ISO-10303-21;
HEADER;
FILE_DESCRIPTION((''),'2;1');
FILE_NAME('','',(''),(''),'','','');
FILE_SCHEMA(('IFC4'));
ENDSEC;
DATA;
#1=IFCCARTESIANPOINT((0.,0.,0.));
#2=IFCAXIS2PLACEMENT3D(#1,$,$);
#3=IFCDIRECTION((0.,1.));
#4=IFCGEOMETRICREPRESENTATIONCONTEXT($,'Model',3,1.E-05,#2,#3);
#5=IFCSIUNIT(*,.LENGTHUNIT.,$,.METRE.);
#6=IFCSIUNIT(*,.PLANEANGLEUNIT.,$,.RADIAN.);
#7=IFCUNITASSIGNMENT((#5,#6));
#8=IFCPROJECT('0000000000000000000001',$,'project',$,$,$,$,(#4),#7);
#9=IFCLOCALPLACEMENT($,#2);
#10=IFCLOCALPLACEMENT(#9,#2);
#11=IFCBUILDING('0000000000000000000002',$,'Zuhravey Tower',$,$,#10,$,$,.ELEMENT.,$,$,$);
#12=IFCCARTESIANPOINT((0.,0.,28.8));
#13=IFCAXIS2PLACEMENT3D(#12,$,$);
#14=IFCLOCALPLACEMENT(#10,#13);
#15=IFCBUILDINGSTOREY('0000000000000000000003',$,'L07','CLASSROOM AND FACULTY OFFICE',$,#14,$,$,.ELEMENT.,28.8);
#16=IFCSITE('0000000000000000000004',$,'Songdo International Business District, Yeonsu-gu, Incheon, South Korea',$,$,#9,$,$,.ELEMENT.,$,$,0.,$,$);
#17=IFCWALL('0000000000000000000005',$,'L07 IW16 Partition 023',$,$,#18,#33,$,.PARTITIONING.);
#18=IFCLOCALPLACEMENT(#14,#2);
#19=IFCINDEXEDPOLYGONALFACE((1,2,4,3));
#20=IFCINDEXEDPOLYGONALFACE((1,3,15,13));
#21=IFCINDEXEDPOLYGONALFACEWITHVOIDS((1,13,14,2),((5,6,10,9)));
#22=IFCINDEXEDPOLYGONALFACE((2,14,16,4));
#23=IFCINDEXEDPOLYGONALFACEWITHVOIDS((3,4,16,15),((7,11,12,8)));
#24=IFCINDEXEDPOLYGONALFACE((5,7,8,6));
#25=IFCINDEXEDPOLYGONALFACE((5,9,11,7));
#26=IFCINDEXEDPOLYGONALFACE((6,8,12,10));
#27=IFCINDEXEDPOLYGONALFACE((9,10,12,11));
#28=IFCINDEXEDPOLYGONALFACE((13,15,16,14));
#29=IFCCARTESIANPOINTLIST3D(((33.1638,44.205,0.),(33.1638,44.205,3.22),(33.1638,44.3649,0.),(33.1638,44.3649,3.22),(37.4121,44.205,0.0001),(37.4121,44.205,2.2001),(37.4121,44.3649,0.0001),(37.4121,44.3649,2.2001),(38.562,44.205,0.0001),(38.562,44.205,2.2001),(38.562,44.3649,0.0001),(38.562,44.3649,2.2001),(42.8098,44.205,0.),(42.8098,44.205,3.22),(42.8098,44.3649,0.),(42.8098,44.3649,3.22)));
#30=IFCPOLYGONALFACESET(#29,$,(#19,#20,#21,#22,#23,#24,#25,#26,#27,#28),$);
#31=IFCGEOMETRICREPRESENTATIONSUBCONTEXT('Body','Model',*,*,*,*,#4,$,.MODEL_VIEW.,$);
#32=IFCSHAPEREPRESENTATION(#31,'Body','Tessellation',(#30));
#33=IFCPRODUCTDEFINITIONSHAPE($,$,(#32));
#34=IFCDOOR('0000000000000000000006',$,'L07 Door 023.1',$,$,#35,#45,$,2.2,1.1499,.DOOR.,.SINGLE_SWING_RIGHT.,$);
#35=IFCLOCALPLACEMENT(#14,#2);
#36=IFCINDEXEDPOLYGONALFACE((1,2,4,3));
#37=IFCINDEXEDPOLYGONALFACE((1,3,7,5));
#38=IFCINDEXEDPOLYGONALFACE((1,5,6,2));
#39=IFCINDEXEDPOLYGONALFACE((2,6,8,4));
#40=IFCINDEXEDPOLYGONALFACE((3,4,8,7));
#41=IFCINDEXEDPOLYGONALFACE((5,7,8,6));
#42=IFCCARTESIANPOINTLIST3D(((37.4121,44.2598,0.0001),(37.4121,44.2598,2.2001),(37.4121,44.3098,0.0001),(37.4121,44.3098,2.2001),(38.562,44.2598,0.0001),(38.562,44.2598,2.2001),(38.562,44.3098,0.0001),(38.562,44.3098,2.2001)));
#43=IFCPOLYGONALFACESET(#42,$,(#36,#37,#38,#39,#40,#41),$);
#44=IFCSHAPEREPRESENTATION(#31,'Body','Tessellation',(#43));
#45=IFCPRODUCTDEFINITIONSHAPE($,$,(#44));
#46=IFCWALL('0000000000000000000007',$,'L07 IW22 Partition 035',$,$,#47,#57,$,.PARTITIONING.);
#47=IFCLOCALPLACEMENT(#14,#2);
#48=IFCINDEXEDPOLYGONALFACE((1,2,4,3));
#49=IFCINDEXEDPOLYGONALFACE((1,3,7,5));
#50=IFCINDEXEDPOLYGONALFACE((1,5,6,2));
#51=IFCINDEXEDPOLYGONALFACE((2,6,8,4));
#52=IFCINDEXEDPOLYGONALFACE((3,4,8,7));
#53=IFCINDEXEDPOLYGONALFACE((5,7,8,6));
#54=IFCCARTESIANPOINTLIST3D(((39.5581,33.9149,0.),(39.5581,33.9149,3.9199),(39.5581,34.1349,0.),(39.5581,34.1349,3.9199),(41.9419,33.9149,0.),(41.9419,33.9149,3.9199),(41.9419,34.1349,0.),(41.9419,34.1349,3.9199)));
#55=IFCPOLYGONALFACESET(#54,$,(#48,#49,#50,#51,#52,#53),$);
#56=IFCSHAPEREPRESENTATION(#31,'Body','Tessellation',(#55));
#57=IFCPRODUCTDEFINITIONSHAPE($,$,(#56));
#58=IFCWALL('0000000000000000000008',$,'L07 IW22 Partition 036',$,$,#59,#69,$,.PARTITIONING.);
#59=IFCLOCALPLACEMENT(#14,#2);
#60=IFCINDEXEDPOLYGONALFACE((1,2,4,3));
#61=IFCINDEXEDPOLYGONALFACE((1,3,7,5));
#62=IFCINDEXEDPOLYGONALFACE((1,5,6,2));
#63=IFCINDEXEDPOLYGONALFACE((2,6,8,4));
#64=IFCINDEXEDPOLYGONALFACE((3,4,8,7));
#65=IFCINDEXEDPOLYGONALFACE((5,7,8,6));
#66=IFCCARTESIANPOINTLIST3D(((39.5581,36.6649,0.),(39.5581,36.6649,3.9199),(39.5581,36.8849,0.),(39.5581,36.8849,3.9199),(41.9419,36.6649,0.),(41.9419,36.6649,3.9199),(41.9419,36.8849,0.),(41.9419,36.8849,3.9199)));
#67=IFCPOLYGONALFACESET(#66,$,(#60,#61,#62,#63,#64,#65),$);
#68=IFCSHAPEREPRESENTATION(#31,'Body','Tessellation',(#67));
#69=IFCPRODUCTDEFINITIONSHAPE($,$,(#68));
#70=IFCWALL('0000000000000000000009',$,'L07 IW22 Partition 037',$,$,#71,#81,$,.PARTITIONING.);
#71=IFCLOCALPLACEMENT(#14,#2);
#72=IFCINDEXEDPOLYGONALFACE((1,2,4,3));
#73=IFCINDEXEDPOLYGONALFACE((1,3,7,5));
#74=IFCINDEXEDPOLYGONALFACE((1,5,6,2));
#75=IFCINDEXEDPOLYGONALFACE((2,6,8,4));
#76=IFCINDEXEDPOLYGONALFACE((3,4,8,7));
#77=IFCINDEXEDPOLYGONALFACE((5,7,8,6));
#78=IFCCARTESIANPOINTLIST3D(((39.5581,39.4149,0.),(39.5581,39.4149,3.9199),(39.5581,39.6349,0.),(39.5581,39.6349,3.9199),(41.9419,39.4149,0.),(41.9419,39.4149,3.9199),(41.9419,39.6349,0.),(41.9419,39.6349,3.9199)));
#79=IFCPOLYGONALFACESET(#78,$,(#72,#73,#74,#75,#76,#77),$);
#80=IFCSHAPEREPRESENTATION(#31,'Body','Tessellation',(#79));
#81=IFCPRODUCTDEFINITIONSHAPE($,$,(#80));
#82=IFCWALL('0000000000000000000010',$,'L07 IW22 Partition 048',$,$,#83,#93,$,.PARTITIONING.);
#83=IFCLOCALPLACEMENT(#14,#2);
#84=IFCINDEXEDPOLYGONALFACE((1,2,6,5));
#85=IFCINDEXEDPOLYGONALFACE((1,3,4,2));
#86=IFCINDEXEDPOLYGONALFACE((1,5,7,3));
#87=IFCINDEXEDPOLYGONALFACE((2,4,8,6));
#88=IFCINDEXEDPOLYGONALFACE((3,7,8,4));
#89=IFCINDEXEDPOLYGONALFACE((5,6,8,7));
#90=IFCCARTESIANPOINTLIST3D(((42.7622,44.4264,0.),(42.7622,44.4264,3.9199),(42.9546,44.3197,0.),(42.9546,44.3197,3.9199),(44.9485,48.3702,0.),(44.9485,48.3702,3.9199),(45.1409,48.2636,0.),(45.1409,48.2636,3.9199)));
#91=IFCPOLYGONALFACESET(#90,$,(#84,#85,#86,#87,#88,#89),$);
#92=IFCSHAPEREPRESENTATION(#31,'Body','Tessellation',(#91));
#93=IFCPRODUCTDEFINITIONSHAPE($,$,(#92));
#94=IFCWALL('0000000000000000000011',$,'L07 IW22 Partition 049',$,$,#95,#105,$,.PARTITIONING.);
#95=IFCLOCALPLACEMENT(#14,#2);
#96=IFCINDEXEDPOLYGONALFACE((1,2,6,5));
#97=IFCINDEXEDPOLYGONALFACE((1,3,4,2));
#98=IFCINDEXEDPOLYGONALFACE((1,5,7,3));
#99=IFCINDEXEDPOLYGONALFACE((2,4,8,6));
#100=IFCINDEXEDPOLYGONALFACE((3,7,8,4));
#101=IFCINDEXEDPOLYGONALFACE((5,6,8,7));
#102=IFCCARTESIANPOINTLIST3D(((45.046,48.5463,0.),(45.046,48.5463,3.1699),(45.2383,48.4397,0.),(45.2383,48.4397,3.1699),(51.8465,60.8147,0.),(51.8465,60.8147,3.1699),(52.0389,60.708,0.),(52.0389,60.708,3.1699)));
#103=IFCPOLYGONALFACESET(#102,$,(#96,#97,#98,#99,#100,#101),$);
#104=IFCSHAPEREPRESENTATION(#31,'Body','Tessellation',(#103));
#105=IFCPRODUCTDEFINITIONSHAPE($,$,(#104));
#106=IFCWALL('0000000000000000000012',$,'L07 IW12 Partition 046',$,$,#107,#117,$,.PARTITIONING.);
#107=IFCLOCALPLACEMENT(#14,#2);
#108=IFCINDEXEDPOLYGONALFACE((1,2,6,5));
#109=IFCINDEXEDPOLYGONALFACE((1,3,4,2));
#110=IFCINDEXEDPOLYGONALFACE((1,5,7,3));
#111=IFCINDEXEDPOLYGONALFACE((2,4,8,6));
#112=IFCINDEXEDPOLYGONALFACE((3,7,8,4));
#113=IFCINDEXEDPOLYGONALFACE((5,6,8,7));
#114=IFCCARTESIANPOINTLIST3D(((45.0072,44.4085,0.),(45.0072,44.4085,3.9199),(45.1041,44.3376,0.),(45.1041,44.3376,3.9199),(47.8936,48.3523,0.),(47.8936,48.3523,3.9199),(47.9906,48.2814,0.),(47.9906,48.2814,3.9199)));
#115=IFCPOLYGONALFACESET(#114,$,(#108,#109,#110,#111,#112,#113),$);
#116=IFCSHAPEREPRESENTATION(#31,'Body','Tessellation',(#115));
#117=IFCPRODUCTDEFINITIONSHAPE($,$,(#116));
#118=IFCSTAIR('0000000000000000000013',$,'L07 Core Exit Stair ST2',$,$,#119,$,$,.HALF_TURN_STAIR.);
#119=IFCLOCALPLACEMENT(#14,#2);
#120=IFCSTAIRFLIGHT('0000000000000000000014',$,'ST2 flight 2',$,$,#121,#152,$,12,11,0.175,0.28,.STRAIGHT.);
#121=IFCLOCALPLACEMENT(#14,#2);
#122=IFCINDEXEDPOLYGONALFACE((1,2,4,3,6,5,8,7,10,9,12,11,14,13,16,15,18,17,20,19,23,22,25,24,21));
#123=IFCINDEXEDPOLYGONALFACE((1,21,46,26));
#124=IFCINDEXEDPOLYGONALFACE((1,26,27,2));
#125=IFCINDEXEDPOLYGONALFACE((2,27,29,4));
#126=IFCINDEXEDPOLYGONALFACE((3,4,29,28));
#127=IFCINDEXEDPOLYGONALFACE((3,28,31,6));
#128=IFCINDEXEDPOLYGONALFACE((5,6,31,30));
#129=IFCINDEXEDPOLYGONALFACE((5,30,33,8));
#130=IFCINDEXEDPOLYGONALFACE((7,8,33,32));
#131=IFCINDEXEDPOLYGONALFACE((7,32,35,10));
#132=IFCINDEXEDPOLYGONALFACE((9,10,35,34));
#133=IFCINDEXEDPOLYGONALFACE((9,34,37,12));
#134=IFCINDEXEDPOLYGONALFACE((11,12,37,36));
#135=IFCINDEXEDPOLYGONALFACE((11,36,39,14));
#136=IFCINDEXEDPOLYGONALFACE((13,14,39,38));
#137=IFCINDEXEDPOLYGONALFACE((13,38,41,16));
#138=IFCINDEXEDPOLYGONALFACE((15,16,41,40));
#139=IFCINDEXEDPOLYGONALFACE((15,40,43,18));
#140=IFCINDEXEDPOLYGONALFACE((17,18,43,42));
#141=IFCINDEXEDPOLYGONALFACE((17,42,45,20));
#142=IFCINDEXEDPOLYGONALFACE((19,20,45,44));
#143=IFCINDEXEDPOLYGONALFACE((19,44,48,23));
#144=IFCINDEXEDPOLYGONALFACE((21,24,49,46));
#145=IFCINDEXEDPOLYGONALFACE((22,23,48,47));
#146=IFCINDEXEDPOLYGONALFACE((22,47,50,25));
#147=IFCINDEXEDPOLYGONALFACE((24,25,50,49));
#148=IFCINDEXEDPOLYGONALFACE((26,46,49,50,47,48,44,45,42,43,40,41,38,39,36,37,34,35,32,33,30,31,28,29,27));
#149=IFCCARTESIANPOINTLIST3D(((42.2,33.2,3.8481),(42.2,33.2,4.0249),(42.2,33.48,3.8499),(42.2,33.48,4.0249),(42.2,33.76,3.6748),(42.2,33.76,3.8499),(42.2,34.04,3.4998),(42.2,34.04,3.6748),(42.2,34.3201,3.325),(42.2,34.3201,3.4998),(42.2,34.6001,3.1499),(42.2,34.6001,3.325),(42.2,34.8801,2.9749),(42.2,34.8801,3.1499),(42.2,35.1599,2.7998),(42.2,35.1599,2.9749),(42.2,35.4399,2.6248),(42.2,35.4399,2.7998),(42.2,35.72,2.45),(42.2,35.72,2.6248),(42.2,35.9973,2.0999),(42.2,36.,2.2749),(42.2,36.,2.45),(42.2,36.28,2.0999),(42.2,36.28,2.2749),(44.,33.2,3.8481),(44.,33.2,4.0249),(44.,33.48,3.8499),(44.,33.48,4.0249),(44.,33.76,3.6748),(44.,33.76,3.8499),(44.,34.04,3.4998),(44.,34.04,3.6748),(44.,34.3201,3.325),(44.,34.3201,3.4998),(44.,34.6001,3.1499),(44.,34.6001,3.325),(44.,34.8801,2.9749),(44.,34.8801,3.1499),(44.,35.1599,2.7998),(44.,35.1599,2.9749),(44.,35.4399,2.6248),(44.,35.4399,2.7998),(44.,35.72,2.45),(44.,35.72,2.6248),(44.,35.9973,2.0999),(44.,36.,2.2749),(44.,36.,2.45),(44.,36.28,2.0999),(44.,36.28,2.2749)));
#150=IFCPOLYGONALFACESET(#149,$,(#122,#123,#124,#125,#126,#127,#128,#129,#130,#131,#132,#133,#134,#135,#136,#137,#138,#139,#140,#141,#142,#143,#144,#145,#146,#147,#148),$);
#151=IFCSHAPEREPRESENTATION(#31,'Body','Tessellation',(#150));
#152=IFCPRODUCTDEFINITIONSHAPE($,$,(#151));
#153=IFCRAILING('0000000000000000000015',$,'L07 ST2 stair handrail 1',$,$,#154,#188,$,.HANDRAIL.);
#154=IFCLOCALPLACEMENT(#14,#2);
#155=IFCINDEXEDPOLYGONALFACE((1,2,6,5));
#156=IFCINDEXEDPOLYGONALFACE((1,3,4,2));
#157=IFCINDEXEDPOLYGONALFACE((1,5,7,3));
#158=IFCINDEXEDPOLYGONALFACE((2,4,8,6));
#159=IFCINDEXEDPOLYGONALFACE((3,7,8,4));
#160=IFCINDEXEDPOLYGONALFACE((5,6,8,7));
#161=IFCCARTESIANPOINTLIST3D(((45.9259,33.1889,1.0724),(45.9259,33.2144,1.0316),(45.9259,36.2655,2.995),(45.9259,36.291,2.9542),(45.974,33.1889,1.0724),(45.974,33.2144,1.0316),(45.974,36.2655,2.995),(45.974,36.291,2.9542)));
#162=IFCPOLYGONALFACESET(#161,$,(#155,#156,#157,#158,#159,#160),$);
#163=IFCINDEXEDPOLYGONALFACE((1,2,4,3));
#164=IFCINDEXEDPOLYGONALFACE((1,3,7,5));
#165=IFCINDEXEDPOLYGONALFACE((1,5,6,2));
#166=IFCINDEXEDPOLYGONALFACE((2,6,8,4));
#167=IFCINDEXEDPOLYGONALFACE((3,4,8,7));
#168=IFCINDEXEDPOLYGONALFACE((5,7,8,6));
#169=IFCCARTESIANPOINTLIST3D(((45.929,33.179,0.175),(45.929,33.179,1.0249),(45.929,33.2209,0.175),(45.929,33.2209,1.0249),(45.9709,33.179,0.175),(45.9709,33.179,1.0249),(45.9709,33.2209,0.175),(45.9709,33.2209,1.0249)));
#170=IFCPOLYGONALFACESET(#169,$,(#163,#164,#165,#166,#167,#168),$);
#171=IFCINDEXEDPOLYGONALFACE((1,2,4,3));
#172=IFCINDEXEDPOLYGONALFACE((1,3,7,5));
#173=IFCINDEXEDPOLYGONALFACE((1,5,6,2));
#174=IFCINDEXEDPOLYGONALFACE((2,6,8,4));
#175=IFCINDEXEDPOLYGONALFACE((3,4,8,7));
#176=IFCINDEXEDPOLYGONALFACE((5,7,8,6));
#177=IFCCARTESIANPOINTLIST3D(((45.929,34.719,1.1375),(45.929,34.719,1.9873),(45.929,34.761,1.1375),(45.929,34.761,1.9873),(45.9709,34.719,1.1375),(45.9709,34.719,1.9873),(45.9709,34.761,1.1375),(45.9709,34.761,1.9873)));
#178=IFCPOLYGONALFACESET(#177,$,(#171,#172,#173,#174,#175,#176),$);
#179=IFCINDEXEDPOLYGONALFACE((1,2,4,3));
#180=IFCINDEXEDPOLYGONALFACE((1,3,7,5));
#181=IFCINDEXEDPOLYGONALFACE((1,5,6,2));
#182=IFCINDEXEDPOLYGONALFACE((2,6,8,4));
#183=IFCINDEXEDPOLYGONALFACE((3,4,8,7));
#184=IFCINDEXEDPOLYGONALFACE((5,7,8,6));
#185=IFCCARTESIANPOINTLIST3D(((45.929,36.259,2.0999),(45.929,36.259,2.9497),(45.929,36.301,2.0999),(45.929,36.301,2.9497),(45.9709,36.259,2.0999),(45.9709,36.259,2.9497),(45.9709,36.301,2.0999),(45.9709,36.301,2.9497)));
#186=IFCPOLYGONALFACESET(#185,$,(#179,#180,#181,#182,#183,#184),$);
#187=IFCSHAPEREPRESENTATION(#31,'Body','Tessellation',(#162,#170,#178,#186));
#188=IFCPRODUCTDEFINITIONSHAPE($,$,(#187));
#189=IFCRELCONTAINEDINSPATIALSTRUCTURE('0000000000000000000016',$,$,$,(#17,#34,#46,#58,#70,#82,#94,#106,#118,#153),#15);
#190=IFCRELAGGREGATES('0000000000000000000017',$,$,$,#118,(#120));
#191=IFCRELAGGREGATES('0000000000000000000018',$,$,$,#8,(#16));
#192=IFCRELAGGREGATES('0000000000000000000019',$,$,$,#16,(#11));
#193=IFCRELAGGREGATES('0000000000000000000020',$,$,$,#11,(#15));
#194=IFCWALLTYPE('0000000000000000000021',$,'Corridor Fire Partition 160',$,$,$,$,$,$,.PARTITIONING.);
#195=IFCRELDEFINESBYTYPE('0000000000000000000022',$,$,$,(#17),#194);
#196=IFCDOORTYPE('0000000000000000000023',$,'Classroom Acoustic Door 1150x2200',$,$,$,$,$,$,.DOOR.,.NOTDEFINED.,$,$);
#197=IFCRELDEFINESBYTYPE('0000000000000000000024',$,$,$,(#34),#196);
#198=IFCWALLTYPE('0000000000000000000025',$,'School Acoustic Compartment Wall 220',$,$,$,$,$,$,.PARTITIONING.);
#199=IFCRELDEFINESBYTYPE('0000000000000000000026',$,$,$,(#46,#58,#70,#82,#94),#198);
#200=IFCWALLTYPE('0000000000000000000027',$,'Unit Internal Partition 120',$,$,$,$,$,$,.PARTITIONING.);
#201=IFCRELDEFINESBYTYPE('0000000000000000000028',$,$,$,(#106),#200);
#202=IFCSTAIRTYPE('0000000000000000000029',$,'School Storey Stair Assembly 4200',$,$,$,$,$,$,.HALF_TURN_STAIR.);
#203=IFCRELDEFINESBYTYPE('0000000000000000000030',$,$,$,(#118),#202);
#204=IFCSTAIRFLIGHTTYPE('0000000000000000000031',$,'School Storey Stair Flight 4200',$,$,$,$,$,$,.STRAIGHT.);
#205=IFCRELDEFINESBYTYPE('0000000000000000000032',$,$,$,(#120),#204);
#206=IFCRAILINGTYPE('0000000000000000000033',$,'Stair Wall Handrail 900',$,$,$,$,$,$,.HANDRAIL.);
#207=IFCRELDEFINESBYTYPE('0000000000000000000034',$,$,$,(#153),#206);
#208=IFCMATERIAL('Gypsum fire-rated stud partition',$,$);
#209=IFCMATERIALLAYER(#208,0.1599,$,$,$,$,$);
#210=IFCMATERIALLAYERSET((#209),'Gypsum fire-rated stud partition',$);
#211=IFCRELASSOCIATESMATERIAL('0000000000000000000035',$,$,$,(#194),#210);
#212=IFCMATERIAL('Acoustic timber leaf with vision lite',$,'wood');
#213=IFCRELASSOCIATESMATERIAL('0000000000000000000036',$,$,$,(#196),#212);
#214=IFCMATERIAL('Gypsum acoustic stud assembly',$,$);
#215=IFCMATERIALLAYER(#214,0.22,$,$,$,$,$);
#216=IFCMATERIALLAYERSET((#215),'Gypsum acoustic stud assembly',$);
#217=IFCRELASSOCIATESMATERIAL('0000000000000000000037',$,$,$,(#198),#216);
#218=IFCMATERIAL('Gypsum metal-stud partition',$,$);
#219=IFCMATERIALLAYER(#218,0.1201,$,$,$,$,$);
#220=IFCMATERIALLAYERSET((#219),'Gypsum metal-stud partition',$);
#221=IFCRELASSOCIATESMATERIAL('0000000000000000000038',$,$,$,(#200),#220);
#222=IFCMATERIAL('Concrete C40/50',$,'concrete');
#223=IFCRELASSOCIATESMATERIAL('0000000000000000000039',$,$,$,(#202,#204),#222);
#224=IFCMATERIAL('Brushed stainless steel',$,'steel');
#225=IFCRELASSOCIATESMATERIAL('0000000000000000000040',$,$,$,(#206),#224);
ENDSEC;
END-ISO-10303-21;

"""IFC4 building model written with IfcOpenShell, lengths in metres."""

from ifc_helpers import new_model, si_unit, direction, frame, frame_2d, origin, origin_2d, place, context, subcontext, project, spatial, polyline, rectangle, outline, extrude, material, layer, layer_set, type_object, element, fill, aggregate, save


model = new_model("IFC4")

# Units and contexts
model_context = context("Model", 3, precision=1e-05, world=origin(), true_north=direction((0.0, 1.0)))
body_context = subcontext(model_context, "Body", "Model", "MODEL_VIEW")
ifc_project = project(units=[si_unit("LENGTHUNIT", "METRE"), si_unit("PLANEANGLEUNIT", "RADIAN")], contexts=[model_context])

# Site, building, storey
site_placement = place(None, origin())
site = spatial("IfcSite", under=ifc_project, at=site_placement, Name="Songdo International Business District, Yeonsu-gu, Incheon, South Korea", CompositionType="ELEMENT", RefElevation=0.0)
building_placement = place(site_placement, origin())
building = spatial("IfcBuilding", under=site, at=building_placement, Name="Zuhravey Tower", CompositionType="ELEMENT")
storey_placement = place(building_placement, frame((0.0, 0.0, 28.8)))
storey = spatial("IfcBuildingStorey", under=building, at=storey_placement, Name="L07", Description="CLASSROOM AND FACULTY OFFICE", CompositionType="ELEMENT", Elevation=28.8)

# Wall, opening, door
ifc_material_1 = material(Name="Gypsum fire-rated stud partition")
ifc_layer_1 = layer(ifc_material_1, 0.1599)
ifc_layer_set_1 = layer_set([ifc_layer_1], Name="Gypsum fire-rated stud partition")
wall_type_1 = type_object("IfcWallType", Name="Corridor Fire Partition 160", PredefinedType="PARTITIONING", material=ifc_layer_set_1)
wall_1_placement = place(storey_placement, frame((42.8098, 44.2849, 0.0), z_axis=(0.0, 0.0, 1.0), x_axis=(-1.0, 0.0, 0.0)))
wall_1 = element("IfcWall", 1, at=wall_1_placement, inside=storey, type_object=wall_type_1, Name="L07 IW16 Partition 023", PredefinedType="PARTITIONING", context=body_context, shape_type="SweptSolid", body=[
    extrude(rectangle(XDim=9.646, YDim=0.1599, at=frame_2d((4.823, 0.0))), origin(), (0.0, 0.0, 1.0), 3.22),
])
opening_1_placement = place(wall_1_placement, frame((4.2478, 0.0, 0.0)))
opening_1 = element("IfcOpeningElement", 2, at=opening_1_placement, cuts=wall_1, PredefinedType="OPENING", context=body_context, shape_type="SweptSolid", body=[
    extrude(rectangle(XDim=1.1499, YDim=2.2, at=frame_2d((0.575, 1.1001))), frame((0.0, 0.092, 0.0), z_axis=(0.0, -1.0, 0.0), x_axis=(1.0, 0.0, 0.0)), (0.0, 0.0, 1.0), 0.1838),
])
ifc_material_2 = material(Name="Acoustic timber leaf with vision lite", Category="wood")
door_type_1 = type_object("IfcDoorType", Name="Classroom Acoustic Door 1150x2200", OperationType="NOTDEFINED", PredefinedType="DOOR", material=ifc_material_2)
door_1_placement = place(opening_1_placement, frame((1.1499, 0.0, 0.0), z_axis=(0.0, 0.0, 1.0), x_axis=(-1.0, 0.0, 0.0)))
door_1 = element("IfcDoor", 3, at=door_1_placement, inside=storey, type_object=door_type_1, Name="L07 Door 023.1", OperationType="SINGLE_SWING_RIGHT", OverallHeight=2.2, OverallWidth=1.1499, PredefinedType="DOOR", context=body_context, shape_type="SweptSolid", body=[
    extrude(rectangle(XDim=1.1499, YDim=2.2, at=frame_2d((0.575, 1.1001))), frame((0.0, 0.0249, 0.0), z_axis=(0.0, -1.0, 0.0), x_axis=(1.0, 0.0, 0.0)), (0.0, 0.0, 1.0), 0.05),
])
fill(opening_1, door_1)

# Walls
ifc_material_3 = material(Name="Gypsum acoustic stud assembly")
ifc_layer_2 = layer(ifc_material_3, 0.22)
ifc_layer_set_2 = layer_set([ifc_layer_2], Name="Gypsum acoustic stud assembly")
wall_type_2 = type_object("IfcWallType", Name="School Acoustic Compartment Wall 220", PredefinedType="PARTITIONING", material=ifc_layer_set_2)
for number, where, z_axis, x_axis, name in (
    (4, (39.5581, 34.0249, 0.0), (0.0, 0.0, 1.0), (1.0, 0.0, 0.0), "L07 IW22 Partition 035"),
    (5, (39.5581, 36.7749, 0.0), (0.0, 0.0, 1.0), (1.0, 0.0, 0.0), "L07 IW22 Partition 036"),
    (6, (39.5581, 39.5249, 0.0), (0.0, 0.0, 1.0), (1.0, 0.0, 0.0), "L07 IW22 Partition 037"),
):
    element("IfcWall", number, at=place(storey_placement, frame(where, z_axis=z_axis, x_axis=x_axis)), inside=storey, type_object=wall_type_2, Name=name, PredefinedType="PARTITIONING", context=body_context, shape_type="SweptSolid", body=[
        extrude(rectangle(XDim=2.3838, YDim=0.22, at=frame_2d((1.1919, 0.0))), origin(), (0.0, 0.0, 1.0), 3.9199),
    ])
wall_2_placement = place(storey_placement, frame((42.8584, 44.373, 0.0), z_axis=(0.0, 0.0, 1.0), x_axis=(0.484838, 0.874604, 0.0)))
element("IfcWall", 7, at=wall_2_placement, inside=storey, type_object=wall_type_2, Name="L07 IW22 Partition 048", PredefinedType="PARTITIONING", context=body_context, shape_type="SweptSolid", body=[
    extrude(rectangle(XDim=4.5093, YDim=0.22, at=frame_2d((2.2546, 0.0))), origin(), (0.0, 0.0, 1.0), 3.9199),
])
wall_3_placement = place(storey_placement, frame((45.1421, 48.4929, 0.0), z_axis=(0.0, 0.0, 1.0), x_axis=(0.484815, 0.874617, 0.0)))
element("IfcWall", 8, at=wall_3_placement, inside=storey, type_object=wall_type_2, Name="L07 IW22 Partition 049", PredefinedType="PARTITIONING", context=body_context, shape_type="SweptSolid", body=[
    extrude(rectangle(XDim=14.0271, YDim=0.22, at=frame_2d((7.0137, 0.0))), origin(), (0.0, 0.0, 1.0), 3.1699),
])
ifc_material_4 = material(Name="Gypsum metal-stud partition")
ifc_layer_3 = layer(ifc_material_4, 0.1201)
ifc_layer_set_3 = layer_set([ifc_layer_3], Name="Gypsum metal-stud partition")
wall_type_3 = type_object("IfcWallType", Name="Unit Internal Partition 120", PredefinedType="PARTITIONING", material=ifc_layer_set_3)
wall_4_placement = place(storey_placement, frame((45.0557, 44.373, 0.0), z_axis=(0.0, 0.0, 1.0), x_axis=(0.590608, 0.806959, 0.0)))
element("IfcWall", 9, at=wall_4_placement, inside=storey, type_object=wall_type_3, Name="L07 IW12 Partition 046", PredefinedType="PARTITIONING", context=body_context, shape_type="SweptSolid", body=[
    extrude(rectangle(XDim=4.8872, YDim=0.1201, at=frame_2d((2.4436, 0.0))), origin(), (0.0, 0.0, 1.0), 3.9199),
])

# Stair, stair flight
ifc_material_5 = material(Name="Concrete C40/50", Category="concrete")
stair_type = type_object("IfcStairType", Name="School Storey Stair Assembly 4200", PredefinedType="HALF_TURN_STAIR", material=ifc_material_5)
stair_placement = place(storey_placement, origin())
stair = element("IfcStair", 10, at=stair_placement, inside=storey, type_object=stair_type, Name="L07 Core Exit Stair ST2", PredefinedType="HALF_TURN_STAIR")
stair_flight_type = type_object("IfcStairFlightType", Name="School Storey Stair Flight 4200", PredefinedType="STRAIGHT", material=ifc_material_5)
stair_flight_placement = place(storey_placement, frame((43.1001, 36.28, 2.0999), z_axis=(0.0, 0.0, 1.0), x_axis=(0.0, -1.0, 0.0)))
stair_flight = element("IfcStairFlight", 11, at=stair_flight_placement, type_object=stair_flight_type, Name="ST2 flight 2", NumberOfRisers=12, NumberOfTreads=11, PredefinedType="STRAIGHT", RiserHeight=0.175, TreadLength=0.28, context=body_context, shape_type="SweptSolid", body=[
    extrude(outline(polyline([(0.0, 0.0), (0.0, 0.175), (0.28, 0.175), (0.28, 0.3501), (0.5601, 0.3501), (0.5601, 0.5249), (0.8401, 0.5249), (0.8401, 0.7), (1.1201, 0.7), (1.1201, 0.875), (1.3999, 0.875), (1.3999, 1.05), (1.6799, 1.05), (1.6799, 1.2251), (1.96, 1.2251), (1.96, 1.3999), (2.24, 1.3999), (2.24, 1.575), (2.52, 1.575), (2.52, 1.75), (2.8, 1.75), (2.8, 1.925), (3.0801, 1.925), (3.0801, 2.1001), (3.0801, 1.7483), (0.2827, 0.0), (0.0, 0.0)])), frame((0.0, 0.8999, 0.0), z_axis=(0.0, -1.0, 0.0), x_axis=(1.0, 0.0, 0.0)), (0.0, 0.0, 1.0), 1.8),
])
aggregate(stair, [stair_flight])

# Railing
ifc_material_6 = material(Name="Brushed stainless steel", Category="steel")
railing_type_1 = type_object("IfcRailingType", Name="Stair Wall Handrail 900", PredefinedType="HANDRAIL", material=ifc_material_6)
railing_1_placement = place(storey_placement, frame((45.95, 33.2, 0.175)))
element("IfcRailing", 12, at=railing_1_placement, inside=storey, type_object=railing_type_1, Name="L07 ST2 stair handrail 1", PredefinedType="HANDRAIL", context=body_context, shape_type="SweptSolid", body=[
    extrude(rectangle(XDim=0.0481, YDim=0.0481, at=origin_2d()), frame((0.0, 0.0017, 0.877), z_axis=(0.0, 0.848029, 0.529951), x_axis=(-1.0, 0.0, 0.0)), (0.0, 0.0, 1.0), 3.6279),
    extrude(rectangle(XDim=0.042, YDim=0.042, at=origin_2d()), origin(), (0.0, 0.0, 1.0), 0.8499),
    extrude(rectangle(XDim=0.042, YDim=0.042, at=origin_2d()), frame((0.0, 1.54, 0.9624)), (0.0, 0.0, 1.0), 0.8499),
    extrude(rectangle(XDim=0.042, YDim=0.042, at=origin_2d()), frame((0.0, 3.0801, 1.9248)), (0.0, 0.0, 1.0), 0.8499),
])

save(model, "model.ifc")
